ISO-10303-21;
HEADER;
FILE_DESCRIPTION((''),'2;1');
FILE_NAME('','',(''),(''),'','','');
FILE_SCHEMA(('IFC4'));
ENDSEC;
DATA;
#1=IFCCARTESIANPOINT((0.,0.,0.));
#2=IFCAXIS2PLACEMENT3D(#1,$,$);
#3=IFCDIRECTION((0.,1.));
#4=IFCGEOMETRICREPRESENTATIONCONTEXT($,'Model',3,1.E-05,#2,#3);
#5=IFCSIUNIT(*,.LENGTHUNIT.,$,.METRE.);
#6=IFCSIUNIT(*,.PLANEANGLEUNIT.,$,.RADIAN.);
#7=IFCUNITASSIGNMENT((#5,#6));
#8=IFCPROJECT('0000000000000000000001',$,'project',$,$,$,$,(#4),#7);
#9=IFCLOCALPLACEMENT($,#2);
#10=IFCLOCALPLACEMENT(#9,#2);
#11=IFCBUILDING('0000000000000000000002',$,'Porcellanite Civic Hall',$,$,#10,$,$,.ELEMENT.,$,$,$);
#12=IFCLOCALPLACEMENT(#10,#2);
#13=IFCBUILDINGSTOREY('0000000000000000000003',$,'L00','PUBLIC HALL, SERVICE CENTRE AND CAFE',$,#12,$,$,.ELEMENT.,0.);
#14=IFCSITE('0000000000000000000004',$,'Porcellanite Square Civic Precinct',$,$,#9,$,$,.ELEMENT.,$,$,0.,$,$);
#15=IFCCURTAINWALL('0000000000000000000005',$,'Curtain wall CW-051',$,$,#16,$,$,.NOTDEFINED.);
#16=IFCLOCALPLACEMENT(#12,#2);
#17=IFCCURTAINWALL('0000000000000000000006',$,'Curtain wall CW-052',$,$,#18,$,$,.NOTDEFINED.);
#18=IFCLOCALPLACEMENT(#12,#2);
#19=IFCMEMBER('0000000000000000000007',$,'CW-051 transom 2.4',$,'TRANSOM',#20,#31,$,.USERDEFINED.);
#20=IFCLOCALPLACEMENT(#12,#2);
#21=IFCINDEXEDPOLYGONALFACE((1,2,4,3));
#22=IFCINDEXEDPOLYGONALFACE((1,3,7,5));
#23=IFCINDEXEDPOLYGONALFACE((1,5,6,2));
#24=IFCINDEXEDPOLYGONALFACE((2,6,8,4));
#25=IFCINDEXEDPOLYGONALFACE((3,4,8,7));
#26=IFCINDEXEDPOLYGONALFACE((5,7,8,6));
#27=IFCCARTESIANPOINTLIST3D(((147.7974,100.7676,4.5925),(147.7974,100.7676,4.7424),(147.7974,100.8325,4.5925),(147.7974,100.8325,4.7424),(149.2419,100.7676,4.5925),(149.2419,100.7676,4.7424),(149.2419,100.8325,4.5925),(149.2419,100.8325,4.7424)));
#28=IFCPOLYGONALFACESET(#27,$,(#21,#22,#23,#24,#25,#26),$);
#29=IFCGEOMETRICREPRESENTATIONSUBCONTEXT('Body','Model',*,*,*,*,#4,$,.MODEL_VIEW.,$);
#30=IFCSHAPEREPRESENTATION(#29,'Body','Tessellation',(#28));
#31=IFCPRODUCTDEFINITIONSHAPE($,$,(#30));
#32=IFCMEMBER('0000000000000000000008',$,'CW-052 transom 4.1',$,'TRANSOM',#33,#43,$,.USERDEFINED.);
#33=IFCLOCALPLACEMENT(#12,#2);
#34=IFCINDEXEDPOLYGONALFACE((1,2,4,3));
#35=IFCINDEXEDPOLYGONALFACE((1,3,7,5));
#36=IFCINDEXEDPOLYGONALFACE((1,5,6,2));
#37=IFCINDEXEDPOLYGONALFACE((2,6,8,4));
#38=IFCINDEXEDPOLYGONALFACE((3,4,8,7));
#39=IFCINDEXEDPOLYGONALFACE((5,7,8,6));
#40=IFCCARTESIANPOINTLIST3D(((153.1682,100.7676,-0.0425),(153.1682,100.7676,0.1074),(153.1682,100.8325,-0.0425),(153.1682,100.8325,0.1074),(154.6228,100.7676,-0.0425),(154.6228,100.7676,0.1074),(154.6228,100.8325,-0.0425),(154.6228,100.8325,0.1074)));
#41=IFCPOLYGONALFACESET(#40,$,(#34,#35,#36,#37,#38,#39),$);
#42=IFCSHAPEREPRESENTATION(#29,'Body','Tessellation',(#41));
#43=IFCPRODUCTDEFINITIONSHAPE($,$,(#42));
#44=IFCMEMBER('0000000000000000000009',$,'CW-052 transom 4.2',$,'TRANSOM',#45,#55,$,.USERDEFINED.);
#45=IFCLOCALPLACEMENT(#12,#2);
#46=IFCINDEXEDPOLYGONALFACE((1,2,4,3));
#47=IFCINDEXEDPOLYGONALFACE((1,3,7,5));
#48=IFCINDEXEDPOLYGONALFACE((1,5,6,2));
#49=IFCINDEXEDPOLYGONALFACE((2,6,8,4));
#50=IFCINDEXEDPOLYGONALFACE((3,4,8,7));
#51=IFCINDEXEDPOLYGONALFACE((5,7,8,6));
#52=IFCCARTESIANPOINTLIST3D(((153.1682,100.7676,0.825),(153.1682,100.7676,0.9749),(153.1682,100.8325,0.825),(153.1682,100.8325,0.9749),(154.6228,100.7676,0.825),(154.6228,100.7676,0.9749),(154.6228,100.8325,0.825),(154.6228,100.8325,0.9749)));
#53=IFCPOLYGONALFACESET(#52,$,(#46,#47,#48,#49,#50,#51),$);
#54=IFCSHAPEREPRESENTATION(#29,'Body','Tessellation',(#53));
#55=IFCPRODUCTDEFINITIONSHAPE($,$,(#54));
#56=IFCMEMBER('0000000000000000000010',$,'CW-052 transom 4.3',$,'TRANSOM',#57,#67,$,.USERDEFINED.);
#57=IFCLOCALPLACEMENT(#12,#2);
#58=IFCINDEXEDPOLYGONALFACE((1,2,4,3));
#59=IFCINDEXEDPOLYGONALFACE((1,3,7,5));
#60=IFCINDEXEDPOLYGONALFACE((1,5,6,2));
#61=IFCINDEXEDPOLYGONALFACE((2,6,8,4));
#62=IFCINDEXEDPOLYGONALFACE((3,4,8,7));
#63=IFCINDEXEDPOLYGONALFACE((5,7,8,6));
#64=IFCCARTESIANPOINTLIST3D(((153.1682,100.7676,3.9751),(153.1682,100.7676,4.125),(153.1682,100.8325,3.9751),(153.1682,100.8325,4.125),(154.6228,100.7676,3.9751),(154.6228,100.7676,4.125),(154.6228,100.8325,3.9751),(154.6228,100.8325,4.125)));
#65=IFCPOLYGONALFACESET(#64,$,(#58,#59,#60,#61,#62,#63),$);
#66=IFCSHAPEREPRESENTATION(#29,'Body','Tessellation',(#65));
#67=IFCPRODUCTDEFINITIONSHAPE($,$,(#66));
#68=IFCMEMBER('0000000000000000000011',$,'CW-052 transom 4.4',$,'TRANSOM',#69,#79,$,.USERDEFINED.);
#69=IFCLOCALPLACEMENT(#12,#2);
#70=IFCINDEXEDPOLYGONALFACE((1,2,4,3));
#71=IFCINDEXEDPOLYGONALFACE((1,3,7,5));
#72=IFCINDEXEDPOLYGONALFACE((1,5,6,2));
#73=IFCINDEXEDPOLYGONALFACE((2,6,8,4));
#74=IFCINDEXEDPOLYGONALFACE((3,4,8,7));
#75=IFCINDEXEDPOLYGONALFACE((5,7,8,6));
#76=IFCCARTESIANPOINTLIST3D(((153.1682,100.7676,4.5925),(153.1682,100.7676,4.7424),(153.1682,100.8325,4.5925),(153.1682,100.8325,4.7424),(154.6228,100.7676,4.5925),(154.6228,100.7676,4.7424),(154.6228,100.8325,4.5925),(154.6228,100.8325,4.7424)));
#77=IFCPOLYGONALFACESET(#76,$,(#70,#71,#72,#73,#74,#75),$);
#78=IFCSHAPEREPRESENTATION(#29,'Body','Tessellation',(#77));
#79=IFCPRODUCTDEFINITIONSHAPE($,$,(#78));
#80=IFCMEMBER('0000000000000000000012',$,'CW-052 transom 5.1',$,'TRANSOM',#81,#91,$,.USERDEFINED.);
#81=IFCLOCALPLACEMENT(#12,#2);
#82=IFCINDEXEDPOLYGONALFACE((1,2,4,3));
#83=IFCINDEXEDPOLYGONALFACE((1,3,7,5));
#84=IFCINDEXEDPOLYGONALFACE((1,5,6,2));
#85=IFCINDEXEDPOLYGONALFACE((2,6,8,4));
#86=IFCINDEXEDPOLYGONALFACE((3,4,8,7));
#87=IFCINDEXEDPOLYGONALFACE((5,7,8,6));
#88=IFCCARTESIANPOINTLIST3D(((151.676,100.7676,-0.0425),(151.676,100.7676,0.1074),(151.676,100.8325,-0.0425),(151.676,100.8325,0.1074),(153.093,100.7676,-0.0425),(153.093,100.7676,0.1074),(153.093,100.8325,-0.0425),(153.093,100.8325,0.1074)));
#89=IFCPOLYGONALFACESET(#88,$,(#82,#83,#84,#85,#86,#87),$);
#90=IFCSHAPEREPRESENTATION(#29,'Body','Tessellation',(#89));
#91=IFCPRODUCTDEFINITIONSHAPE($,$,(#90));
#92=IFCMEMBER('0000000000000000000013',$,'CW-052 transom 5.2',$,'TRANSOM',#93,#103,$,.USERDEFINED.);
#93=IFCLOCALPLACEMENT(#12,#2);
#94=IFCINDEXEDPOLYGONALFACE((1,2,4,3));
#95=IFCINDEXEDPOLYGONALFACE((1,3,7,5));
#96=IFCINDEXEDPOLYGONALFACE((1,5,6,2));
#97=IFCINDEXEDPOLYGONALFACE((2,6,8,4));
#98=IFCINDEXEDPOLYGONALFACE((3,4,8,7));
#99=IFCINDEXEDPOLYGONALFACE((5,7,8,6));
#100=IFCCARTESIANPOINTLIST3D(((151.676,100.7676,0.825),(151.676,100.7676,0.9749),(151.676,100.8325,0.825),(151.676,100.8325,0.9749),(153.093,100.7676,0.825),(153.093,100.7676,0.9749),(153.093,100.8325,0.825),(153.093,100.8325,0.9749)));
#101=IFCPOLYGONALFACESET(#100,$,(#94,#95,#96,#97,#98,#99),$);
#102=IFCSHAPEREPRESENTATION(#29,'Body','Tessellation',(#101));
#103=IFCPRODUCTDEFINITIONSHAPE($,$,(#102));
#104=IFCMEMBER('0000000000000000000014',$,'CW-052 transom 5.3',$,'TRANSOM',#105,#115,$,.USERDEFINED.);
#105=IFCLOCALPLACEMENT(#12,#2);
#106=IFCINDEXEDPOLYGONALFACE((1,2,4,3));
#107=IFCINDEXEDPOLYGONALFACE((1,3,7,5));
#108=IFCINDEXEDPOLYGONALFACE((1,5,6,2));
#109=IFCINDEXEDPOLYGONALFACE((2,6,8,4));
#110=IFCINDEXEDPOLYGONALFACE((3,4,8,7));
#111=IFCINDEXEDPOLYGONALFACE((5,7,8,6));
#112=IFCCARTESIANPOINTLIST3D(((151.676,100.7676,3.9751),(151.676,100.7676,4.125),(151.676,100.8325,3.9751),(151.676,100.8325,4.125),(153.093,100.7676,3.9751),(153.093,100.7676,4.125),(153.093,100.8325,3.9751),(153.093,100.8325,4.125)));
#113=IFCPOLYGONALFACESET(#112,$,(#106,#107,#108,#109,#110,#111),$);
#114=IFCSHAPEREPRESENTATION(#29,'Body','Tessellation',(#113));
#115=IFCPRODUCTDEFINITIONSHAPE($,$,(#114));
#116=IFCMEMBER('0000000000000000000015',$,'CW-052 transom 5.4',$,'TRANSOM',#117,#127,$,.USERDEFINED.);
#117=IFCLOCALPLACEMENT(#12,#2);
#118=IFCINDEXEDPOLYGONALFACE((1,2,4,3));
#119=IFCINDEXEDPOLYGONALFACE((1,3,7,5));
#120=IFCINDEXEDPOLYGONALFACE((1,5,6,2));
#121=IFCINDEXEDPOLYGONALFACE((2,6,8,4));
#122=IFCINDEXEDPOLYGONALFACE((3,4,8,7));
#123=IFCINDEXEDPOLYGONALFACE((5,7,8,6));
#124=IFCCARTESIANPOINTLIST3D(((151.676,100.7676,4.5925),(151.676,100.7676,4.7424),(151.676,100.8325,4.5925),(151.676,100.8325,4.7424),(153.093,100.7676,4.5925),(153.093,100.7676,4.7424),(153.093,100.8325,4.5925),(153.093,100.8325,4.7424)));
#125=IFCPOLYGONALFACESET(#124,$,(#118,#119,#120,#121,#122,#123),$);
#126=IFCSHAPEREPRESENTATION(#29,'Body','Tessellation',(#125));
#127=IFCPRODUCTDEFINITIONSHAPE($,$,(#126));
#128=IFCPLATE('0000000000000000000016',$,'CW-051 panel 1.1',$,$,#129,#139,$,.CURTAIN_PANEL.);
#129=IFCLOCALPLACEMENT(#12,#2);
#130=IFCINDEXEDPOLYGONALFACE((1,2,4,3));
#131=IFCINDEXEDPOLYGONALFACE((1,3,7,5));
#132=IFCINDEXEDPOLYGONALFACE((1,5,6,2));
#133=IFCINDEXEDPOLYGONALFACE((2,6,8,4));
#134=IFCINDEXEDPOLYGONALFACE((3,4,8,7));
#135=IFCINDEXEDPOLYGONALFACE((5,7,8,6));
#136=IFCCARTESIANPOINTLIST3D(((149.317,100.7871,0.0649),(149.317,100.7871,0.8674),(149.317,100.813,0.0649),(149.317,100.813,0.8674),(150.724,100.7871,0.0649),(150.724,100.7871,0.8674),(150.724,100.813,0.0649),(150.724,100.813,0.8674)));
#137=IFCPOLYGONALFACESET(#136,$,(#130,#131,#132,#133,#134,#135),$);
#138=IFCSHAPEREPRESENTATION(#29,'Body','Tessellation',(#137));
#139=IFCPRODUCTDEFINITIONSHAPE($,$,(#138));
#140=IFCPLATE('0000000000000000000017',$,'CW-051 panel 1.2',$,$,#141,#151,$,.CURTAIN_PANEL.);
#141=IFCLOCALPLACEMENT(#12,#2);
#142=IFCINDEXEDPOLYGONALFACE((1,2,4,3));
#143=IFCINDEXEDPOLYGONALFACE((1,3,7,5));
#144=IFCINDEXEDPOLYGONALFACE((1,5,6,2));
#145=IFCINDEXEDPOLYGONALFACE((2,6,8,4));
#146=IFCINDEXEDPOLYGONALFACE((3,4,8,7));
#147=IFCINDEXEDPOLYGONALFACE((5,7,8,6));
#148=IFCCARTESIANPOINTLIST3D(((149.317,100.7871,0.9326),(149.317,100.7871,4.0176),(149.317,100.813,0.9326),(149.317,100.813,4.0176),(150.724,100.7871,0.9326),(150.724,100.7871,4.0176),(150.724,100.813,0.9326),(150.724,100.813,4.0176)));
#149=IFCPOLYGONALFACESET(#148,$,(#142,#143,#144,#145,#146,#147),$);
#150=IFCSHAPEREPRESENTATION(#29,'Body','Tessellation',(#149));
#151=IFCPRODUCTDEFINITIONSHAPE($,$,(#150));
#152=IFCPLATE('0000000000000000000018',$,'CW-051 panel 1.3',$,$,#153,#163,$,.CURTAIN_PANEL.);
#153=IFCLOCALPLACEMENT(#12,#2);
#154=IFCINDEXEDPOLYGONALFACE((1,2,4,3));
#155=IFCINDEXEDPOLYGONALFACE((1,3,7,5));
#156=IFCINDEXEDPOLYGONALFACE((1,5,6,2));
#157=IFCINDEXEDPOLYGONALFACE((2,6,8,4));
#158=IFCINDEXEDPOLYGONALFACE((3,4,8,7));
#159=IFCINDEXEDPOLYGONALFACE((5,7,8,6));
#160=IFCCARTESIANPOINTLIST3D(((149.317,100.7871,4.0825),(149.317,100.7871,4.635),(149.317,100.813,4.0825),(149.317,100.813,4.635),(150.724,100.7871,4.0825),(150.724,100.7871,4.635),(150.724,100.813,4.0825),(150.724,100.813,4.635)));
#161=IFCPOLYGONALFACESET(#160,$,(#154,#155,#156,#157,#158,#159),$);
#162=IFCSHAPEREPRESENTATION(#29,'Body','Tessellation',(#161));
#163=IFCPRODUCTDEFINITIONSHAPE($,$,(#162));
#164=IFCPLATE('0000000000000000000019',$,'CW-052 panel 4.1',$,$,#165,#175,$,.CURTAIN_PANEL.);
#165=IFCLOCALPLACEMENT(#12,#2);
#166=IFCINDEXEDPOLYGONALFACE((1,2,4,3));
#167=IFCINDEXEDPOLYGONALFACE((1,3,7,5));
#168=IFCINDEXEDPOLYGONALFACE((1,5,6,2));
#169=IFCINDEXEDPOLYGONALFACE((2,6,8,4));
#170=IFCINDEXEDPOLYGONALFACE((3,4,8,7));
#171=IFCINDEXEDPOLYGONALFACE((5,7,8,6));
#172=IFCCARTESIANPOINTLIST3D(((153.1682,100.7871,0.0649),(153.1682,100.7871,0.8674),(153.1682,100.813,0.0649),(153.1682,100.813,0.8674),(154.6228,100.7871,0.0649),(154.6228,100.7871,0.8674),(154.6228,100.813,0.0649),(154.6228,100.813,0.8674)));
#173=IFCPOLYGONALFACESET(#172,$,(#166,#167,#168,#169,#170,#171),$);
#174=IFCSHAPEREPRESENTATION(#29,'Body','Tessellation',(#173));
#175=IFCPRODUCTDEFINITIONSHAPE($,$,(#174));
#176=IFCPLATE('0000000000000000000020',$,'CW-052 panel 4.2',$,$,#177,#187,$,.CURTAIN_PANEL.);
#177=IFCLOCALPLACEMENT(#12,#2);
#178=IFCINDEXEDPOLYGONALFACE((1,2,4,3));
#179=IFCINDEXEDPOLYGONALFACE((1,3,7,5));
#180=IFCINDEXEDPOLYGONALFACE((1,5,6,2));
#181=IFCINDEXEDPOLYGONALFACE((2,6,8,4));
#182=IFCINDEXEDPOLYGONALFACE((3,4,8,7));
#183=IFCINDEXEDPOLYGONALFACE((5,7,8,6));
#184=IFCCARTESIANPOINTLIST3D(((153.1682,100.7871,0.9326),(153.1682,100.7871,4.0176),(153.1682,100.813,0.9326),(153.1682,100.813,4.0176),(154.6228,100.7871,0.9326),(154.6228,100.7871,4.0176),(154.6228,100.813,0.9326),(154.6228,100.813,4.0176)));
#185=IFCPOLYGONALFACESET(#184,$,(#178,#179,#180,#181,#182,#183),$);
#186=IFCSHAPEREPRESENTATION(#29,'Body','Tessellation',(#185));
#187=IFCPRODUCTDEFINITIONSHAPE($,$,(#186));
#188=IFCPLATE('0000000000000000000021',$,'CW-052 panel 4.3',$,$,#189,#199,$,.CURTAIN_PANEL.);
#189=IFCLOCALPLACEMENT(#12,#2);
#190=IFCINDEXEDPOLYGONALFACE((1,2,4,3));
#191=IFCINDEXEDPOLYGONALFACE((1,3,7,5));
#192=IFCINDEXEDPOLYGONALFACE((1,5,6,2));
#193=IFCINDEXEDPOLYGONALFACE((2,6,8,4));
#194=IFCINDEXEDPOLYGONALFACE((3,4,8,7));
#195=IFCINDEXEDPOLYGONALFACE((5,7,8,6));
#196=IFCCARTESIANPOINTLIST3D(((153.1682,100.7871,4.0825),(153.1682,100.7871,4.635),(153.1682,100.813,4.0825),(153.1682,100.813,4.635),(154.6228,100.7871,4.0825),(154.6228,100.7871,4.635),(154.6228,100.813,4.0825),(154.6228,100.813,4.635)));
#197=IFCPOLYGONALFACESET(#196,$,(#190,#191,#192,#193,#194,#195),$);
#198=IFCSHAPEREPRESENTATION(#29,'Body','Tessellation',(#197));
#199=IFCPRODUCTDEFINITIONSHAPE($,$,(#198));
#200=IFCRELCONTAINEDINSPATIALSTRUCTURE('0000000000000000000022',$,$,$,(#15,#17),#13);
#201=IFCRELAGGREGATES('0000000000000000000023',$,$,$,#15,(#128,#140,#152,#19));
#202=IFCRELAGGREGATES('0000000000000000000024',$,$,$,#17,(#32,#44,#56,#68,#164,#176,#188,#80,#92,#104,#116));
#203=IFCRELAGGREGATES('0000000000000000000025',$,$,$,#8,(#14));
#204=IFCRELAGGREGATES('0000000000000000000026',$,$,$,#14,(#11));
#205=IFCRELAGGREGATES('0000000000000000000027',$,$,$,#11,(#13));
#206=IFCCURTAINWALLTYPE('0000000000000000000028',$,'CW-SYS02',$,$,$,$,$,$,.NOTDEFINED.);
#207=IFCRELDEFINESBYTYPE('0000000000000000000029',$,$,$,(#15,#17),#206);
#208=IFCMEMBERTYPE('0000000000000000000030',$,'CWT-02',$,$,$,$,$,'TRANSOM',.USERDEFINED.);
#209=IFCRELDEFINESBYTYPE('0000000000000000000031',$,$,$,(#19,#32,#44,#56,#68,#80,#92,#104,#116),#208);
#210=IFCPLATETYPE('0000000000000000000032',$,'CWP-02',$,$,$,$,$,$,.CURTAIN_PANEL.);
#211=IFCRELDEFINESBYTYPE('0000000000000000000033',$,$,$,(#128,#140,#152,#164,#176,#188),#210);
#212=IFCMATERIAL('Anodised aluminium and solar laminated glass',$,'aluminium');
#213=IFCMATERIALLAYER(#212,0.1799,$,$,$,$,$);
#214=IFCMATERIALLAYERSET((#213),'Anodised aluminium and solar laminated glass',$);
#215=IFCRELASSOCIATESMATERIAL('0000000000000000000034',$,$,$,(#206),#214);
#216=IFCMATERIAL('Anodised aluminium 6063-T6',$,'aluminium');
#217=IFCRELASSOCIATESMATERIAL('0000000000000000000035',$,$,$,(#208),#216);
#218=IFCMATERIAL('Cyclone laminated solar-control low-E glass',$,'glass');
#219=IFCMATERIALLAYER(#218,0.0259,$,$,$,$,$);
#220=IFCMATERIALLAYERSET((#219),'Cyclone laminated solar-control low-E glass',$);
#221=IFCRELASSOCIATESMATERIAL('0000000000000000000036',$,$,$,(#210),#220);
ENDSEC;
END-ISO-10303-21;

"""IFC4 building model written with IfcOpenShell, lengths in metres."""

from ifc_helpers import new_model, si_unit, direction, frame, origin, origin_2d, place, context, subcontext, project, spatial, rectangle, extrude, material, layer, layer_set, material_profile, profile_set, type_object, element, aggregate, save


model = new_model("IFC4")

# Units and contexts
model_context = context("Model", 3, precision=1e-05, world=origin(), true_north=direction((0.0, 1.0)))
body_context = subcontext(model_context, "Body", "Model", "MODEL_VIEW")
ifc_project = project(units=[si_unit("LENGTHUNIT", "METRE"), si_unit("PLANEANGLEUNIT", "RADIAN")], contexts=[model_context])

# Site, building, storey
site_placement = place(None, origin())
site = spatial("IfcSite", under=ifc_project, at=site_placement, Name="Porcellanite Square Civic Precinct", CompositionType="ELEMENT", RefElevation=0.0)
building_placement = place(site_placement, origin())
building = spatial("IfcBuilding", under=site, at=building_placement, Name="Porcellanite Civic Hall", CompositionType="ELEMENT")
storey_placement = place(building_placement, origin())
storey = spatial("IfcBuildingStorey", under=building, at=storey_placement, Name="L00", Description="PUBLIC HALL, SERVICE CENTRE AND CAFE", CompositionType="ELEMENT", Elevation=0.0)

# Curtain walls
ifc_material_1 = material(Name="Anodised aluminium and solar laminated glass", Category="aluminium")
ifc_layer_1 = layer(ifc_material_1, 0.1799)
ifc_layer_set_1 = layer_set([ifc_layer_1], Name="Anodised aluminium and solar laminated glass")
curtain_wall_type = type_object("IfcCurtainWallType", Name="CW-SYS02", PredefinedType="NOTDEFINED", material=ifc_layer_set_1)
curtain_wall_1_placement = place(storey_placement, origin())
curtain_wall_1 = element("IfcCurtainWall", 1, at=curtain_wall_1_placement, inside=storey, type_object=curtain_wall_type, Name="Curtain wall CW-051", PredefinedType="NOTDEFINED")
curtain_wall_2_placement = place(storey_placement, origin())
curtain_wall_2 = element("IfcCurtainWall", 2, at=curtain_wall_2_placement, inside=storey, type_object=curtain_wall_type, Name="Curtain wall CW-052", PredefinedType="NOTDEFINED")

# Members
ifc_material_2 = material(Name="Anodised aluminium 6063-T6", Category="aluminium")
ifc_material_profile_1 = material_profile(ifc_material_2, rectangle(XDim=0.0649, YDim=0.1499, at=origin_2d()), Name="AL-65x150")
ifc_profile_set_1 = profile_set([ifc_material_profile_1], Name="Anodised aluminium 6063-T6")
member_type_1 = type_object("IfcMemberType", Name="CWT-02", ElementType="TRANSOM", PredefinedType="USERDEFINED", material=ifc_profile_set_1)
member_1_placement = place(storey_placement, frame((149.2419, 100.8, 4.6675), z_axis=(-1.0, 0.0, 0.0), x_axis=(0.0, -1.0, 0.0)))
member_1 = element("IfcMember", 3, at=member_1_placement, type_object=member_type_1, Name="CW-051 transom 2.4", ObjectType="TRANSOM", PredefinedType="USERDEFINED", context=body_context, shape_type="SweptSolid", body=[
    extrude(rectangle(XDim=0.0649, YDim=0.1499, at=origin_2d()), origin(), (0.0, 0.0, 1.0), 1.4446),
])
member_2_placement = place(storey_placement, frame((154.6228, 100.8, 0.0325), z_axis=(-1.0, 0.0, 0.0), x_axis=(0.0, -1.0, 0.0)))
member_2 = element("IfcMember", 4, at=member_2_placement, type_object=member_type_1, Name="CW-052 transom 4.1", ObjectType="TRANSOM", PredefinedType="USERDEFINED", context=body_context, shape_type="SweptSolid", body=[
    extrude(rectangle(XDim=0.0649, YDim=0.1499, at=origin_2d()), origin(), (0.0, 0.0, 1.0), 1.4546),
])
member_3_placement = place(storey_placement, frame((154.6228, 100.8, 0.8999), z_axis=(-1.0, 0.0, 0.0), x_axis=(0.0, -1.0, 0.0)))
member_3 = element("IfcMember", 5, at=member_3_placement, type_object=member_type_1, Name="CW-052 transom 4.2", ObjectType="TRANSOM", PredefinedType="USERDEFINED", context=body_context, shape_type="SweptSolid", body=[
    extrude(rectangle(XDim=0.0649, YDim=0.1499, at=origin_2d()), origin(), (0.0, 0.0, 1.0), 1.4546),
])
member_4_placement = place(storey_placement, frame((154.6228, 100.8, 4.05), z_axis=(-1.0, 0.0, 0.0), x_axis=(0.0, -1.0, 0.0)))
member_4 = element("IfcMember", 6, at=member_4_placement, type_object=member_type_1, Name="CW-052 transom 4.3", ObjectType="TRANSOM", PredefinedType="USERDEFINED", context=body_context, shape_type="SweptSolid", body=[
    extrude(rectangle(XDim=0.0649, YDim=0.1499, at=origin_2d()), origin(), (0.0, 0.0, 1.0), 1.4546),
])
member_5_placement = place(storey_placement, frame((154.6228, 100.8, 4.6675), z_axis=(-1.0, 0.0, 0.0), x_axis=(0.0, -1.0, 0.0)))
member_5 = element("IfcMember", 7, at=member_5_placement, type_object=member_type_1, Name="CW-052 transom 4.4", ObjectType="TRANSOM", PredefinedType="USERDEFINED", context=body_context, shape_type="SweptSolid", body=[
    extrude(rectangle(XDim=0.0649, YDim=0.1499, at=origin_2d()), origin(), (0.0, 0.0, 1.0), 1.4546),
])
member_6_placement = place(storey_placement, frame((153.093, 100.8, 0.0325), z_axis=(-1.0, 0.0, 0.0), x_axis=(0.0, -1.0, 0.0)))
member_6 = element("IfcMember", 8, at=member_6_placement, type_object=member_type_1, Name="CW-052 transom 5.1", ObjectType="TRANSOM", PredefinedType="USERDEFINED", context=body_context, shape_type="SweptSolid", body=[
    extrude(rectangle(XDim=0.0649, YDim=0.1499, at=origin_2d()), origin(), (0.0, 0.0, 1.0), 1.417),
])
member_7_placement = place(storey_placement, frame((153.093, 100.8, 0.8999), z_axis=(-1.0, 0.0, 0.0), x_axis=(0.0, -1.0, 0.0)))
member_7 = element("IfcMember", 9, at=member_7_placement, type_object=member_type_1, Name="CW-052 transom 5.2", ObjectType="TRANSOM", PredefinedType="USERDEFINED", context=body_context, shape_type="SweptSolid", body=[
    extrude(rectangle(XDim=0.0649, YDim=0.1499, at=origin_2d()), origin(), (0.0, 0.0, 1.0), 1.417),
])
member_8_placement = place(storey_placement, frame((153.093, 100.8, 4.05), z_axis=(-1.0, 0.0, 0.0), x_axis=(0.0, -1.0, 0.0)))
member_8 = element("IfcMember", 10, at=member_8_placement, type_object=member_type_1, Name="CW-052 transom 5.3", ObjectType="TRANSOM", PredefinedType="USERDEFINED", context=body_context, shape_type="SweptSolid", body=[
    extrude(rectangle(XDim=0.0649, YDim=0.1499, at=origin_2d()), origin(), (0.0, 0.0, 1.0), 1.417),
])
member_9_placement = place(storey_placement, frame((153.093, 100.8, 4.6675), z_axis=(-1.0, 0.0, 0.0), x_axis=(0.0, -1.0, 0.0)))
member_9 = element("IfcMember", 11, at=member_9_placement, type_object=member_type_1, Name="CW-052 transom 5.4", ObjectType="TRANSOM", PredefinedType="USERDEFINED", context=body_context, shape_type="SweptSolid", body=[
    extrude(rectangle(XDim=0.0649, YDim=0.1499, at=origin_2d()), origin(), (0.0, 0.0, 1.0), 1.417),
])

# Plates
ifc_material_3 = material(Name="Cyclone laminated solar-control low-E glass", Category="glass")
ifc_layer_2 = layer(ifc_material_3, 0.0259)
ifc_layer_set_2 = layer_set([ifc_layer_2], Name="Cyclone laminated solar-control low-E glass")
plate_type = type_object("IfcPlateType", Name="CWP-02", PredefinedType="CURTAIN_PANEL", material=ifc_layer_set_2)
plate_1_placement = place(storey_placement, frame((150.0205, 100.8, 0.0649), z_axis=(0.0, 0.0, 1.0), x_axis=(-1.0, 0.0, 0.0)))
plate_1 = element("IfcPlate", 12, at=plate_1_placement, type_object=plate_type, Name="CW-051 panel 1.1", PredefinedType="CURTAIN_PANEL", context=body_context, shape_type="SweptSolid", body=[
    extrude(rectangle(XDim=1.407, YDim=0.0259, at=origin_2d()), origin(), (0.0, 0.0, 1.0), 0.8025),
])
plate_2_placement = place(storey_placement, frame((150.0205, 100.8, 0.9326), z_axis=(0.0, 0.0, 1.0), x_axis=(-1.0, 0.0, 0.0)))
plate_2 = element("IfcPlate", 13, at=plate_2_placement, type_object=plate_type, Name="CW-051 panel 1.2", PredefinedType="CURTAIN_PANEL", context=body_context, shape_type="SweptSolid", body=[
    extrude(rectangle(XDim=1.407, YDim=0.0259, at=origin_2d()), origin(), (0.0, 0.0, 1.0), 3.085),
])
plate_3_placement = place(storey_placement, frame((150.0205, 100.8, 4.0825), z_axis=(0.0, 0.0, 1.0), x_axis=(-1.0, 0.0, 0.0)))
plate_3 = element("IfcPlate", 14, at=plate_3_placement, type_object=plate_type, Name="CW-051 panel 1.3", PredefinedType="CURTAIN_PANEL", context=body_context, shape_type="SweptSolid", body=[
    extrude(rectangle(XDim=1.407, YDim=0.0259, at=origin_2d()), origin(), (0.0, 0.0, 1.0), 0.5525),
])
aggregate(curtain_wall_1, [plate_1, plate_2, plate_3, member_1])
plate_4_placement = place(storey_placement, frame((153.8955, 100.8, 0.0649), z_axis=(0.0, 0.0, 1.0), x_axis=(-1.0, 0.0, 0.0)))
plate_4 = element("IfcPlate", 15, at=plate_4_placement, type_object=plate_type, Name="CW-052 panel 4.1", PredefinedType="CURTAIN_PANEL", context=body_context, shape_type="SweptSolid", body=[
    extrude(rectangle(XDim=1.4546, YDim=0.0259, at=origin_2d()), origin(), (0.0, 0.0, 1.0), 0.8025),
])
plate_5_placement = place(storey_placement, frame((153.8955, 100.8, 0.9326), z_axis=(0.0, 0.0, 1.0), x_axis=(-1.0, 0.0, 0.0)))
plate_5 = element("IfcPlate", 16, at=plate_5_placement, type_object=plate_type, Name="CW-052 panel 4.2", PredefinedType="CURTAIN_PANEL", context=body_context, shape_type="SweptSolid", body=[
    extrude(rectangle(XDim=1.4546, YDim=0.0259, at=origin_2d()), origin(), (0.0, 0.0, 1.0), 3.085),
])
plate_6_placement = place(storey_placement, frame((153.8955, 100.8, 4.0825), z_axis=(0.0, 0.0, 1.0), x_axis=(-1.0, 0.0, 0.0)))
plate_6 = element("IfcPlate", 17, at=plate_6_placement, type_object=plate_type, Name="CW-052 panel 4.3", PredefinedType="CURTAIN_PANEL", context=body_context, shape_type="SweptSolid", body=[
    extrude(rectangle(XDim=1.4546, YDim=0.0259, at=origin_2d()), origin(), (0.0, 0.0, 1.0), 0.5525),
])
aggregate(curtain_wall_2, [member_2, member_3, member_4, member_5, plate_4, plate_5, plate_6, member_6, member_7, member_8, member_9])

save(model, "model.ifc")
